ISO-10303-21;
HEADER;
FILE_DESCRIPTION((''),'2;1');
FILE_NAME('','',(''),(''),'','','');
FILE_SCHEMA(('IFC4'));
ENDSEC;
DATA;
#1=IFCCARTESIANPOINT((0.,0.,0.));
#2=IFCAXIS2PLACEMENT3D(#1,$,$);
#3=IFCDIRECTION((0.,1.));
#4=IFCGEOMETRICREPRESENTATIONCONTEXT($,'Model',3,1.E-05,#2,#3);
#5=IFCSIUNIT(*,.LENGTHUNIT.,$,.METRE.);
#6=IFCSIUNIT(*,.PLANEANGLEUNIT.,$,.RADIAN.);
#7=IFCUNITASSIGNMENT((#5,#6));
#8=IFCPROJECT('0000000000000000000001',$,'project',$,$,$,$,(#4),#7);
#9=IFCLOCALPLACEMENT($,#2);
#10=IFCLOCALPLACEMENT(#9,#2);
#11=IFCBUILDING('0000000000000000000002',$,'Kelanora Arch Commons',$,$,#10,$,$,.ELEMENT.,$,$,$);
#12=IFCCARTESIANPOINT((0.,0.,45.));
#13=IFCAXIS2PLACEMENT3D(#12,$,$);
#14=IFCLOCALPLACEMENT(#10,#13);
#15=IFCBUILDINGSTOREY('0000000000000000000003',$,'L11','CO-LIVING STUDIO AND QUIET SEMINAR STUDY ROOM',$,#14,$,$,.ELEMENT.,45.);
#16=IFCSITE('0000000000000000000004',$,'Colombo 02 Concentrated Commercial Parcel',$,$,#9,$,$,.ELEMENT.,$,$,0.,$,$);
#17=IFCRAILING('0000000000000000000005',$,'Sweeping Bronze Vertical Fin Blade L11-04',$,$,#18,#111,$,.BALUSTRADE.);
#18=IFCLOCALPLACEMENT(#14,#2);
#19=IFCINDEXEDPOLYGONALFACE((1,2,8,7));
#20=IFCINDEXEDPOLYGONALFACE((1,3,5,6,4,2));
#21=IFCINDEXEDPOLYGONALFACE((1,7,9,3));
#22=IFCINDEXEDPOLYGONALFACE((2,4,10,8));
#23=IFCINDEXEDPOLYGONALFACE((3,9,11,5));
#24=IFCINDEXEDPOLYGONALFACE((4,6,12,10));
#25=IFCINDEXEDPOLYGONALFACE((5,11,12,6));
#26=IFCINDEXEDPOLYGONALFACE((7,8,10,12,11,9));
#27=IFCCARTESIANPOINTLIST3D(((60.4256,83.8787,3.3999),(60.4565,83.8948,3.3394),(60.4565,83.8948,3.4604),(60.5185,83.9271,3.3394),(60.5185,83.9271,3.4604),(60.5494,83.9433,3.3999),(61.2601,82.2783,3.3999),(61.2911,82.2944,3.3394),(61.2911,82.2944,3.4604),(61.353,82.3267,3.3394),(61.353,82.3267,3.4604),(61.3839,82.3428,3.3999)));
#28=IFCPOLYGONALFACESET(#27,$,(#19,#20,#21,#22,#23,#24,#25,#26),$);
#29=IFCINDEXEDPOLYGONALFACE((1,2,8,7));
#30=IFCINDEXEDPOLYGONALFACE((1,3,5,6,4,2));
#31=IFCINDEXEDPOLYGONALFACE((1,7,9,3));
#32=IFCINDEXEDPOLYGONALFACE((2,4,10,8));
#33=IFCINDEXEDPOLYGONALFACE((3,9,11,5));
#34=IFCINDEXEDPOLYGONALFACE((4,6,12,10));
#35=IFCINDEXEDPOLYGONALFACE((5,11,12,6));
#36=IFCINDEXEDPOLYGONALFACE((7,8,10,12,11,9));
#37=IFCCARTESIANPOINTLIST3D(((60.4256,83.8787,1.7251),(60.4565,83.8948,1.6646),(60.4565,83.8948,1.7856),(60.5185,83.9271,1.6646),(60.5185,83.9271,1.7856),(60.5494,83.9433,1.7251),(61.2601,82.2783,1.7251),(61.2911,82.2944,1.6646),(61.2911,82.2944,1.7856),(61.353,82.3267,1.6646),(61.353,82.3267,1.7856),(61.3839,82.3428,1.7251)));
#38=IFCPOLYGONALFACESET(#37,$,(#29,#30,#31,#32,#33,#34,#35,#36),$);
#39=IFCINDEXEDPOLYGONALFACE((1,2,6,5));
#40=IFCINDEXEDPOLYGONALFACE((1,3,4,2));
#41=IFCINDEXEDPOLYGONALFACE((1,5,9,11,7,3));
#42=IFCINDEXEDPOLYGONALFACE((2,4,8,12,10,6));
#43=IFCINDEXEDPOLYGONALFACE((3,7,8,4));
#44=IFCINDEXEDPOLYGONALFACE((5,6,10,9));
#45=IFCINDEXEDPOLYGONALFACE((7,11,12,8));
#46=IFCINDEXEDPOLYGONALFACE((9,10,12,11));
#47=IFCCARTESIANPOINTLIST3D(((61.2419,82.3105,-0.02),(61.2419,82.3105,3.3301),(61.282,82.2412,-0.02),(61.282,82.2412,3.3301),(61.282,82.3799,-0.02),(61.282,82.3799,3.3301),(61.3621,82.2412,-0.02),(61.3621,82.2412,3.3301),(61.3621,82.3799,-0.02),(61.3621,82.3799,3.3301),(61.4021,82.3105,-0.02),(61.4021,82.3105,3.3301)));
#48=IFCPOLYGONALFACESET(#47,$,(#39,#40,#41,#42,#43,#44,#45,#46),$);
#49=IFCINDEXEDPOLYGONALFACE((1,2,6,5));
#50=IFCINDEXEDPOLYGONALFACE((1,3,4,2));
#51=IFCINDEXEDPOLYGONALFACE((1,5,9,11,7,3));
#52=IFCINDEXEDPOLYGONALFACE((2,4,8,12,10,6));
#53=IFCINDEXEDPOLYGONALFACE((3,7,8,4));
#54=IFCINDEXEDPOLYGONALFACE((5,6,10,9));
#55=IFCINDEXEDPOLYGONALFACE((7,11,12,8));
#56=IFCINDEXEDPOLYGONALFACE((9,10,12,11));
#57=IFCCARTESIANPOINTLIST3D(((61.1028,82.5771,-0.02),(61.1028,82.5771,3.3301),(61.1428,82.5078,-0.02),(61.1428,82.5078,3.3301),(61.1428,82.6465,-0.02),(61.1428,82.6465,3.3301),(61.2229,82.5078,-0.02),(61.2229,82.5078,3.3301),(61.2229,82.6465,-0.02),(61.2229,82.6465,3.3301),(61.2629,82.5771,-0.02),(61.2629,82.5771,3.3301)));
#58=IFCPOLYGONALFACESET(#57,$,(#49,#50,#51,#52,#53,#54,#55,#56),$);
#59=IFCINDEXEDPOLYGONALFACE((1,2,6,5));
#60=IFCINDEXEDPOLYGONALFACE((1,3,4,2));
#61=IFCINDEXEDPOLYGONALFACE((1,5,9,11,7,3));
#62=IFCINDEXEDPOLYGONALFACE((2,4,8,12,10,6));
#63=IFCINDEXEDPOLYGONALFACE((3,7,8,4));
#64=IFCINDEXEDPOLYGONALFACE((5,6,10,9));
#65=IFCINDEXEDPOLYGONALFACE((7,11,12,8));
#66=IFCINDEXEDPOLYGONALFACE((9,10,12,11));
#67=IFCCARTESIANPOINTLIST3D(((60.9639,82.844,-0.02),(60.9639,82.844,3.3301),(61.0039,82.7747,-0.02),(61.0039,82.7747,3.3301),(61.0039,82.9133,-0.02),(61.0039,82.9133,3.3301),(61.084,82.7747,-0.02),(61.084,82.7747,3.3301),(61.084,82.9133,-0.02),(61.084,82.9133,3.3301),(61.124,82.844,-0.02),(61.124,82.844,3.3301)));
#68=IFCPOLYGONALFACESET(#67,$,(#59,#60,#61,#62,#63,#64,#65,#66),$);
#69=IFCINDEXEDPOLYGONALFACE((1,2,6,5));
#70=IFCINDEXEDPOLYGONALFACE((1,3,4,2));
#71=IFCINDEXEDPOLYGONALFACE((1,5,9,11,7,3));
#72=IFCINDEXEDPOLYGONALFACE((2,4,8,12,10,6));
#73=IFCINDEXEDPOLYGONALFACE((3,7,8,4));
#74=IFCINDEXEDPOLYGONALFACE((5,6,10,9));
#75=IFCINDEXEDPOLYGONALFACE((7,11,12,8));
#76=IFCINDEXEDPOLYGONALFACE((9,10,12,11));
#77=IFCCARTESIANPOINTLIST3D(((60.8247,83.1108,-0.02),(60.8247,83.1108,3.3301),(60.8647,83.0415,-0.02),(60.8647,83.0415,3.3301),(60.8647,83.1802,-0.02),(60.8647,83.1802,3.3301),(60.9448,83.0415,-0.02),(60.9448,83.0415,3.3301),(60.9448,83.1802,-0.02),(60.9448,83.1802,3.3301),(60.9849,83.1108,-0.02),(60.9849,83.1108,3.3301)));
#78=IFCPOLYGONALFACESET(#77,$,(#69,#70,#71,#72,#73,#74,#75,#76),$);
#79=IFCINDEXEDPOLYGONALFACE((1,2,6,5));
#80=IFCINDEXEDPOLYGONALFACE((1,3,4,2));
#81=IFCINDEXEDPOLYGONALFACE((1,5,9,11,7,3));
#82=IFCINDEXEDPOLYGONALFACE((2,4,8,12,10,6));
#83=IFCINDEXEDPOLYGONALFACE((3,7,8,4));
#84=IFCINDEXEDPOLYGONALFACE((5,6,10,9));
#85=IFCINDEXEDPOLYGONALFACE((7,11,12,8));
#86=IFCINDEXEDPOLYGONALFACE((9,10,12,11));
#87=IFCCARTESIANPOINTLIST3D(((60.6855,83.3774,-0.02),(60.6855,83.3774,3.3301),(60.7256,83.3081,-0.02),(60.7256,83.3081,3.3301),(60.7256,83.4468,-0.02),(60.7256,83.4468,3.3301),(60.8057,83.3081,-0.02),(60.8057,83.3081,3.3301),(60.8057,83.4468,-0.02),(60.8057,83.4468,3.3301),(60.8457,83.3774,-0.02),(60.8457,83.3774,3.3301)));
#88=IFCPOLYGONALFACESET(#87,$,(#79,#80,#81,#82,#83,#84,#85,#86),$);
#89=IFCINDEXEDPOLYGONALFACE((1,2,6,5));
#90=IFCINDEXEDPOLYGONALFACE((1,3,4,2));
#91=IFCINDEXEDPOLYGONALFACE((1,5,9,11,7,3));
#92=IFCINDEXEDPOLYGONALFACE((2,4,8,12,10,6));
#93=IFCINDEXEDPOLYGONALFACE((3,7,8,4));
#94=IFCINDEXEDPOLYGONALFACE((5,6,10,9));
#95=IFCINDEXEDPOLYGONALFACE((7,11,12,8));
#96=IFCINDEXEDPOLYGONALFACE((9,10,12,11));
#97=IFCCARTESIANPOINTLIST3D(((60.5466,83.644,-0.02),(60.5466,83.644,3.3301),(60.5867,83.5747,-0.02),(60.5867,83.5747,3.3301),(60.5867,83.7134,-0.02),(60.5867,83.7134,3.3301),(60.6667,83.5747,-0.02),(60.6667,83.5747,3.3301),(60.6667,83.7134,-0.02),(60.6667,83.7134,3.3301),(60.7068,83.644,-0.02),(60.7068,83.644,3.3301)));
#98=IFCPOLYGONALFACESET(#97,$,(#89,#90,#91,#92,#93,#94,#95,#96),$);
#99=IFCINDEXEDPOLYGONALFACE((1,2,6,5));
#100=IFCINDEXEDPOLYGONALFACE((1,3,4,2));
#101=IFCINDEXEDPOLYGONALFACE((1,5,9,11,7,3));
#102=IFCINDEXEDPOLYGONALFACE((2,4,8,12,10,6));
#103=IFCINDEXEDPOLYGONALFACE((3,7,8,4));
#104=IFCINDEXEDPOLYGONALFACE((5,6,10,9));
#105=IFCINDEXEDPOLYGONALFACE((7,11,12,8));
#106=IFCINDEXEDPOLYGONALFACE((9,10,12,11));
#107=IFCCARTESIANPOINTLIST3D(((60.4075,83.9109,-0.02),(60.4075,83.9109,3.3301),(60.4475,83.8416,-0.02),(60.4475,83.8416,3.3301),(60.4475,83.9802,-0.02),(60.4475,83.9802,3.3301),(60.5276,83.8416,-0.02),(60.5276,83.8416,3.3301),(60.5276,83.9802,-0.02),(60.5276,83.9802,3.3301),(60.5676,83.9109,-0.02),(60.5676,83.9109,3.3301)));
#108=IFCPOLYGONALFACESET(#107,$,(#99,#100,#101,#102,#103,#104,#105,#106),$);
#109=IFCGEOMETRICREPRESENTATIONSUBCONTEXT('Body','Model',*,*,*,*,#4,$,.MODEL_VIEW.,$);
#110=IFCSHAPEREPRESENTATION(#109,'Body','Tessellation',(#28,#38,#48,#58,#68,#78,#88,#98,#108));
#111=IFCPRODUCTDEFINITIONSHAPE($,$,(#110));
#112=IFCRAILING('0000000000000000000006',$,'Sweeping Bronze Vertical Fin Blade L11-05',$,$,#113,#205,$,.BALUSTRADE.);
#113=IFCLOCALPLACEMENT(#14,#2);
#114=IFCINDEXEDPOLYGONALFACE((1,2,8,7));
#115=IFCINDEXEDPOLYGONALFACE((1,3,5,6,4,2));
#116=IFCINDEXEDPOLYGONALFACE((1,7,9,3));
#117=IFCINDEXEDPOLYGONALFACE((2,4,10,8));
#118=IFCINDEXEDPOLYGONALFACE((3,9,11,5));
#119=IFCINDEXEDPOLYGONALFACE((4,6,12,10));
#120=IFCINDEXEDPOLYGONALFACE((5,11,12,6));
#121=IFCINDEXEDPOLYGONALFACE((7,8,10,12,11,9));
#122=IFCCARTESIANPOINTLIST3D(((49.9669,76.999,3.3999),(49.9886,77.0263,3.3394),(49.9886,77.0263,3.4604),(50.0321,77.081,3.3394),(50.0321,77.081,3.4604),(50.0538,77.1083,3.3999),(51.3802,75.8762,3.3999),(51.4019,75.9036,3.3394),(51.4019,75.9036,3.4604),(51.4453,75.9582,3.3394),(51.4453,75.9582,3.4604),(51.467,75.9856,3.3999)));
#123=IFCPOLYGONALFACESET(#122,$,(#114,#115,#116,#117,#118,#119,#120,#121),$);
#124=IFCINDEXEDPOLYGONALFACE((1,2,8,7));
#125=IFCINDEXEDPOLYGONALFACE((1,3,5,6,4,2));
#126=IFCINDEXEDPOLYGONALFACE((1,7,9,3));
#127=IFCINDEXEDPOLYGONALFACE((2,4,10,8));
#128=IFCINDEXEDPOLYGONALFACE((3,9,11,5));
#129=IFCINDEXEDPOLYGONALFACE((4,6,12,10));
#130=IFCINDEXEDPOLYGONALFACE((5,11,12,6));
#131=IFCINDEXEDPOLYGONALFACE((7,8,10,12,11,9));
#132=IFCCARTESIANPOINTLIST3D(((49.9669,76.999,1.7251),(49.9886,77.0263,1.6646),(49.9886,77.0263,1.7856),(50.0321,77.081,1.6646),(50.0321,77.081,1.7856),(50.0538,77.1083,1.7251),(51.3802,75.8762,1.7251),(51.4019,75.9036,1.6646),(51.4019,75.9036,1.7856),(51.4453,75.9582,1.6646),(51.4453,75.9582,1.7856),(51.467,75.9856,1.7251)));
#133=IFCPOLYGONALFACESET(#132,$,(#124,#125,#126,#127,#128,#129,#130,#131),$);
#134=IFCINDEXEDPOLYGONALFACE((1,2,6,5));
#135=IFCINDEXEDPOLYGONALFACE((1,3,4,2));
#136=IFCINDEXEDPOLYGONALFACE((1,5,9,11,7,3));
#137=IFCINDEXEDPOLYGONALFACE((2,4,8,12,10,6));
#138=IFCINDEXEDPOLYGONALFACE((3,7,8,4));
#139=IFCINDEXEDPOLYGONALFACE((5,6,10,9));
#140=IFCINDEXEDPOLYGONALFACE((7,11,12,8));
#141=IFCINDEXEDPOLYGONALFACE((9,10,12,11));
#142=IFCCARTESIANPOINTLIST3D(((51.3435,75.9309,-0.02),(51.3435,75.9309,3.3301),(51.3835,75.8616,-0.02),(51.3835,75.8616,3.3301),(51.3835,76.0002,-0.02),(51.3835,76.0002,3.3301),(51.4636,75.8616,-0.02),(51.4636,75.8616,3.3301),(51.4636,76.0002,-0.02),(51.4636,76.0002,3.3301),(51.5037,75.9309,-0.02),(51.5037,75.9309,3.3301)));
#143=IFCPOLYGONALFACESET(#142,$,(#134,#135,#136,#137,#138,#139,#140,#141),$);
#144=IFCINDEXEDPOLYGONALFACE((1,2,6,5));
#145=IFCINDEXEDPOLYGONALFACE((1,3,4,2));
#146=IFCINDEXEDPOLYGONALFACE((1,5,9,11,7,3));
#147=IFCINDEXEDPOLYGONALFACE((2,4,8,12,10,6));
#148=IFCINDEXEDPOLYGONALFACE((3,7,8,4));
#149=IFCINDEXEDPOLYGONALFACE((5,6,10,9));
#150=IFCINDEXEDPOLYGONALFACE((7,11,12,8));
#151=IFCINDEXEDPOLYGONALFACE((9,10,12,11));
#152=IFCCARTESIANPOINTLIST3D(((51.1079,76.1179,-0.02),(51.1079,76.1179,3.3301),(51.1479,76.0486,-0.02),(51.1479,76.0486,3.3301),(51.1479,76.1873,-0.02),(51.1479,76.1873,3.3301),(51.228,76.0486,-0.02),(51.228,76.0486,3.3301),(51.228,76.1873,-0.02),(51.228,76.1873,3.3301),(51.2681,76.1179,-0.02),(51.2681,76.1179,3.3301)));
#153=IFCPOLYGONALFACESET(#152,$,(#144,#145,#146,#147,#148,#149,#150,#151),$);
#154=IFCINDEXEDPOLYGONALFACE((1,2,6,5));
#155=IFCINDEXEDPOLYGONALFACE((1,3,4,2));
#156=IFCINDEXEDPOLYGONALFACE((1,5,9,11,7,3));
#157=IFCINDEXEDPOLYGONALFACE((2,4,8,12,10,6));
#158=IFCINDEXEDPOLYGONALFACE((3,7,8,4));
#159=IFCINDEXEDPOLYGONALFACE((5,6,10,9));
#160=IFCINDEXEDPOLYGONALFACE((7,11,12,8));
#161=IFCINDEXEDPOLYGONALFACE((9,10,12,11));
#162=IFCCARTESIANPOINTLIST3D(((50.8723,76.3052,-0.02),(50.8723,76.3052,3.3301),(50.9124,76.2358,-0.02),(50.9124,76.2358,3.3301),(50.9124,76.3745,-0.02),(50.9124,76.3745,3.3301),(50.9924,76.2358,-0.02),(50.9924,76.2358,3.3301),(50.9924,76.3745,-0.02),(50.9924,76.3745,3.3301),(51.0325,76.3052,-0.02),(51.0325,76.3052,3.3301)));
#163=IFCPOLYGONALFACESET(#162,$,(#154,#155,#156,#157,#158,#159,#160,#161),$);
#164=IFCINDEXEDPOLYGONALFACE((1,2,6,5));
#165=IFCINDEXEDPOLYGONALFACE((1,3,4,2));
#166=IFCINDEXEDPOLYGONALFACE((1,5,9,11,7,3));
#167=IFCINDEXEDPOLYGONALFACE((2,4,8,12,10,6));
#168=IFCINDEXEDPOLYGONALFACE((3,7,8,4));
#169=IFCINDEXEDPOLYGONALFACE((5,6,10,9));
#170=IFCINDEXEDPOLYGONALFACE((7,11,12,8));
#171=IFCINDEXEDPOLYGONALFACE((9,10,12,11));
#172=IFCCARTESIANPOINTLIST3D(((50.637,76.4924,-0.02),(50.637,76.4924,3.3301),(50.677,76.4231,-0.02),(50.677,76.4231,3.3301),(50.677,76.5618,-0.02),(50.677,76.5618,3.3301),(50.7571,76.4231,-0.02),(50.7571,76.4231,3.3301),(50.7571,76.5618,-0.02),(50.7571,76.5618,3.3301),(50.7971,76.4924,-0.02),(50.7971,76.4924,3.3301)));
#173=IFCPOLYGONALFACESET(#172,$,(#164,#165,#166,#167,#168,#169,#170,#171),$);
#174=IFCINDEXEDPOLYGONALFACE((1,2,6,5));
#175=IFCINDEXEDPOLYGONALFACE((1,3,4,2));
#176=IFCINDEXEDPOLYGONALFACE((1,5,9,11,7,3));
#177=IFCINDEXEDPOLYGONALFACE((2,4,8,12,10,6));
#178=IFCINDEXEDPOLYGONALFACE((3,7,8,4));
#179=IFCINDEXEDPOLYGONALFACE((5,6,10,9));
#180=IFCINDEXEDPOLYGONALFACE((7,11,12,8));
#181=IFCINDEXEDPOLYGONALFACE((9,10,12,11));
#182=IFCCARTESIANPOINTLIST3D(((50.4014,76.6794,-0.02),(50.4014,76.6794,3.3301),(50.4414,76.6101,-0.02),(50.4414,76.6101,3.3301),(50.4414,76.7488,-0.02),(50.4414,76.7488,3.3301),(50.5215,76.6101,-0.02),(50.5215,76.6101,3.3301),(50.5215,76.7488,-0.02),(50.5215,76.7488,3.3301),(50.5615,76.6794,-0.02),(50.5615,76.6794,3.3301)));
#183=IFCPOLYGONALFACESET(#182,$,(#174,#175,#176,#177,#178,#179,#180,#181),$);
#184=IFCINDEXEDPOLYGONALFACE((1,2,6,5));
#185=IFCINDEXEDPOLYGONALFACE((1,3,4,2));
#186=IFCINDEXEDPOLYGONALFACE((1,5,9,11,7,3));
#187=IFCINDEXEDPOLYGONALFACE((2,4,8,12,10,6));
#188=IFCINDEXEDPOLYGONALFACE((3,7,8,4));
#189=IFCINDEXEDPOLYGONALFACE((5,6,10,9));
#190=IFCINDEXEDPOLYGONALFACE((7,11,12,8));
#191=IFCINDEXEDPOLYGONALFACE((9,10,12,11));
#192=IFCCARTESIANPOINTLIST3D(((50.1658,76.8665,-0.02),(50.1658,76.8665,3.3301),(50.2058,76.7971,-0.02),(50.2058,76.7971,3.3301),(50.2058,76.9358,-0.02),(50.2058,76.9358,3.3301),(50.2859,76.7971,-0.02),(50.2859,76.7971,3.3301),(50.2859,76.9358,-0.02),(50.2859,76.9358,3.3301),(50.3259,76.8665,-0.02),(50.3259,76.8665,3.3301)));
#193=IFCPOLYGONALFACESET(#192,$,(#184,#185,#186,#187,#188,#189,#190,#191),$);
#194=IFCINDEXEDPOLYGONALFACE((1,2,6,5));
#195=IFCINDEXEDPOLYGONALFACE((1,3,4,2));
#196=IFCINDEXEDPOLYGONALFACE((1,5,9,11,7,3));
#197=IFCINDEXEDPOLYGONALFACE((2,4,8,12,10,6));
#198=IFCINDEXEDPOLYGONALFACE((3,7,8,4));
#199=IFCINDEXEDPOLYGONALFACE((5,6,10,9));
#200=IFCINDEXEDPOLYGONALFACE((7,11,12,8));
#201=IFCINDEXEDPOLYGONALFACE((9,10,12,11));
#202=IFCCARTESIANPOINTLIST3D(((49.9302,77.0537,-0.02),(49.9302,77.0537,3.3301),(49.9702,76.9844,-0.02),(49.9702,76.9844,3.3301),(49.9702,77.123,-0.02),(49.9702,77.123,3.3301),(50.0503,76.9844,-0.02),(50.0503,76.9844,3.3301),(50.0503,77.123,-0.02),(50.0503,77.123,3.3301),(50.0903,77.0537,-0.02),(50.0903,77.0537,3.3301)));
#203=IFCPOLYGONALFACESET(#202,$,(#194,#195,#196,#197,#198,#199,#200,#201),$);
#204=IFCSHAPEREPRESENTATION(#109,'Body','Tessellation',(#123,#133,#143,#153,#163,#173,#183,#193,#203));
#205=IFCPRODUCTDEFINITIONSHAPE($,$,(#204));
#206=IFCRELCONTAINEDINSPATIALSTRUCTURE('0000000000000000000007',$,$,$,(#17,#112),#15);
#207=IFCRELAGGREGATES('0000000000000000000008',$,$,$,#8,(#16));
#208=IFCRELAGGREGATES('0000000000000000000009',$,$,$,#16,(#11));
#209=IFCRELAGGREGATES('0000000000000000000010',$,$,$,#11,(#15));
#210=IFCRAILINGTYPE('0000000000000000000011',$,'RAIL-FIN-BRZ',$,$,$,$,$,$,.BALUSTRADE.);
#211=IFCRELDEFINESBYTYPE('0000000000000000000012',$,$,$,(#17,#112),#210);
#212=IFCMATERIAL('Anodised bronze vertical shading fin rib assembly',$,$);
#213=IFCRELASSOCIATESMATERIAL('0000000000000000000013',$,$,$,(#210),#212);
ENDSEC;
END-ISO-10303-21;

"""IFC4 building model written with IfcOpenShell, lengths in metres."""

from ifc_helpers import new_model, si_unit, direction, frame, origin, place, context, subcontext, project, spatial, polyline, outline, extrude, material, type_object, element, save


model = new_model("IFC4")

# Units and contexts
model_context = context("Model", 3, precision=1e-05, world=origin(), true_north=direction((0.0, 1.0)))
body_context = subcontext(model_context, "Body", "Model", "MODEL_VIEW")
ifc_project = project(units=[si_unit("LENGTHUNIT", "METRE"), si_unit("PLANEANGLEUNIT", "RADIAN")], contexts=[model_context])

# Site, building, storey
site_placement = place(None, origin())
site = spatial("IfcSite", under=ifc_project, at=site_placement, Name="Colombo 02 Concentrated Commercial Parcel", CompositionType="ELEMENT", RefElevation=0.0)
building_placement = place(site_placement, origin())
building = spatial("IfcBuilding", under=site, at=building_placement, Name="Kelanora Arch Commons", CompositionType="ELEMENT")
storey_placement = place(building_placement, frame((0.0, 0.0, 45.0)))
storey = spatial("IfcBuildingStorey", under=building, at=storey_placement, Name="L11", Description="CO-LIVING STUDIO AND QUIET SEMINAR STUDY ROOM", CompositionType="ELEMENT", Elevation=45.0)

# Railings
ifc_material_1 = material(Name="Anodised bronze vertical shading fin rib assembly")
railing_type = type_object("IfcRailingType", Name="RAIL-FIN-BRZ", PredefinedType="BALUSTRADE", material=ifc_material_1)
railing_1_placement = place(storey_placement, frame((61.322, 82.3105, -0.02)))
element("IfcRailing", 1, at=railing_1_placement, inside=storey, type_object=railing_type, Name="Sweeping Bronze Vertical Fin Blade L11-04", PredefinedType="BALUSTRADE", context=body_context, shape_type="SweptSolid", body=[
    extrude(outline(polyline([(0.0698, 0.0), (0.0349, 0.0605), (-0.0349, 0.0605), (-0.0698, 0.0), (-0.0349, -0.0605), (0.0349, -0.0605), (0.0698, 0.0)])), frame((0.0, 0.0, 3.4199), z_axis=(-0.462353, 0.886696, 0.0), x_axis=(-0.886696, -0.462353, 0.0)), (0.0, 0.0, 1.0), 1.8049),
    extrude(outline(polyline([(0.0698, 0.0), (0.0349, 0.0605), (-0.0349, 0.0605), (-0.0698, 0.0), (-0.0349, -0.0605), (0.0349, -0.0605), (0.0698, 0.0)])), frame((0.0, 0.0, 1.7451), z_axis=(-0.462353, 0.886696, 0.0), x_axis=(-0.886696, -0.462353, 0.0)), (0.0, 0.0, 1.0), 1.8049),
    extrude(outline(polyline([(0.0801, 0.0), (0.04, 0.0693), (-0.04, 0.0693), (-0.0801, 0.0), (-0.04, -0.0693), (0.04, -0.0693), (0.0801, 0.0)])), origin(), (0.0, 0.0, 1.0), 3.3501),
    extrude(outline(polyline([(0.0801, 0.0), (0.04, 0.0693), (-0.04, 0.0693), (-0.0801, 0.0), (-0.04, -0.0693), (0.04, -0.0693), (0.0801, 0.0)])), frame((-0.1392, 0.2666, 0.0)), (0.0, 0.0, 1.0), 3.3501),
    extrude(outline(polyline([(0.0801, 0.0), (0.04, 0.0693), (-0.04, 0.0693), (-0.0801, 0.0), (-0.04, -0.0693), (0.04, -0.0693), (0.0801, 0.0)])), frame((-0.2781, 0.5334, 0.0)), (0.0, 0.0, 1.0), 3.3501),
    extrude(outline(polyline([(0.0801, 0.0), (0.04, 0.0693), (-0.04, 0.0693), (-0.0801, 0.0), (-0.04, -0.0693), (0.04, -0.0693), (0.0801, 0.0)])), frame((-0.4172, 0.8003, 0.0)), (0.0, 0.0, 1.0), 3.3501),
    extrude(outline(polyline([(0.0801, 0.0), (0.04, 0.0693), (-0.04, 0.0693), (-0.0801, 0.0), (-0.04, -0.0693), (0.04, -0.0693), (0.0801, 0.0)])), frame((-0.5564, 1.0669, 0.0)), (0.0, 0.0, 1.0), 3.3501),
    extrude(outline(polyline([(0.0801, 0.0), (0.04, 0.0693), (-0.04, 0.0693), (-0.0801, 0.0), (-0.04, -0.0693), (0.04, -0.0693), (0.0801, 0.0)])), frame((-0.6953, 1.3335, 0.0)), (0.0, 0.0, 1.0), 3.3501),
    extrude(outline(polyline([(0.0801, 0.0), (0.04, 0.0693), (-0.04, 0.0693), (-0.0801, 0.0), (-0.04, -0.0693), (0.04, -0.0693), (0.0801, 0.0)])), frame((-0.8345, 1.6003, 0.0)), (0.0, 0.0, 1.0), 3.3501),
])
railing_2_placement = place(storey_placement, frame((51.4236, 75.9309, -0.02)))
element("IfcRailing", 2, at=railing_2_placement, inside=storey, type_object=railing_type, Name="Sweeping Bronze Vertical Fin Blade L11-05", PredefinedType="BALUSTRADE", context=body_context, shape_type="SweptSolid", body=[
    extrude(outline(polyline([(0.0698, 0.0), (0.0349, 0.0605), (-0.0349, 0.0605), (-0.0698, 0.0), (-0.0349, -0.0605), (0.0349, -0.0605), (0.0698, 0.0)])), frame((0.0, 0.0, 3.4199), z_axis=(-0.782989, 0.622036, 0.0), x_axis=(-0.622036, -0.782989, 0.0)), (0.0, 0.0, 1.0), 1.8049),
    extrude(outline(polyline([(0.0698, 0.0), (0.0349, 0.0605), (-0.0349, 0.0605), (-0.0698, 0.0), (-0.0349, -0.0605), (0.0349, -0.0605), (0.0698, 0.0)])), frame((0.0, 0.0, 1.7451), z_axis=(-0.782989, 0.622036, 0.0), x_axis=(-0.622036, -0.782989, 0.0)), (0.0, 0.0, 1.0), 1.8049),
    extrude(outline(polyline([(0.0801, 0.0), (0.04, 0.0693), (-0.04, 0.0693), (-0.0801, 0.0), (-0.04, -0.0693), (0.04, -0.0693), (0.0801, 0.0)])), origin(), (0.0, 0.0, 1.0), 3.3501),
    extrude(outline(polyline([(0.0801, 0.0), (0.04, 0.0693), (-0.04, 0.0693), (-0.0801, 0.0), (-0.04, -0.0693), (0.04, -0.0693), (0.0801, 0.0)])), frame((-0.2356, 0.187, 0.0)), (0.0, 0.0, 1.0), 3.3501),
    extrude(outline(polyline([(0.0801, 0.0), (0.04, 0.0693), (-0.04, 0.0693), (-0.0801, 0.0), (-0.04, -0.0693), (0.04, -0.0693), (0.0801, 0.0)])), frame((-0.4712, 0.3743, 0.0)), (0.0, 0.0, 1.0), 3.3501),
    extrude(outline(polyline([(0.0801, 0.0), (0.04, 0.0693), (-0.04, 0.0693), (-0.0801, 0.0), (-0.04, -0.0693), (0.04, -0.0693), (0.0801, 0.0)])), frame((-0.7065, 0.5615, 0.0)), (0.0, 0.0, 1.0), 3.3501),
    extrude(outline(polyline([(0.0801, 0.0), (0.04, 0.0693), (-0.04, 0.0693), (-0.0801, 0.0), (-0.04, -0.0693), (0.04, -0.0693), (0.0801, 0.0)])), frame((-0.9421, 0.7485, 0.0)), (0.0, 0.0, 1.0), 3.3501),
    extrude(outline(polyline([(0.0801, 0.0), (0.04, 0.0693), (-0.04, 0.0693), (-0.0801, 0.0), (-0.04, -0.0693), (0.04, -0.0693), (0.0801, 0.0)])), frame((-1.1777, 0.9355, 0.0)), (0.0, 0.0, 1.0), 3.3501),
    extrude(outline(polyline([(0.0801, 0.0), (0.04, 0.0693), (-0.04, 0.0693), (-0.0801, 0.0), (-0.04, -0.0693), (0.04, -0.0693), (0.0801, 0.0)])), frame((-1.4133, 1.1228, 0.0)), (0.0, 0.0, 1.0), 3.3501),
])

save(model, "model.ifc")
